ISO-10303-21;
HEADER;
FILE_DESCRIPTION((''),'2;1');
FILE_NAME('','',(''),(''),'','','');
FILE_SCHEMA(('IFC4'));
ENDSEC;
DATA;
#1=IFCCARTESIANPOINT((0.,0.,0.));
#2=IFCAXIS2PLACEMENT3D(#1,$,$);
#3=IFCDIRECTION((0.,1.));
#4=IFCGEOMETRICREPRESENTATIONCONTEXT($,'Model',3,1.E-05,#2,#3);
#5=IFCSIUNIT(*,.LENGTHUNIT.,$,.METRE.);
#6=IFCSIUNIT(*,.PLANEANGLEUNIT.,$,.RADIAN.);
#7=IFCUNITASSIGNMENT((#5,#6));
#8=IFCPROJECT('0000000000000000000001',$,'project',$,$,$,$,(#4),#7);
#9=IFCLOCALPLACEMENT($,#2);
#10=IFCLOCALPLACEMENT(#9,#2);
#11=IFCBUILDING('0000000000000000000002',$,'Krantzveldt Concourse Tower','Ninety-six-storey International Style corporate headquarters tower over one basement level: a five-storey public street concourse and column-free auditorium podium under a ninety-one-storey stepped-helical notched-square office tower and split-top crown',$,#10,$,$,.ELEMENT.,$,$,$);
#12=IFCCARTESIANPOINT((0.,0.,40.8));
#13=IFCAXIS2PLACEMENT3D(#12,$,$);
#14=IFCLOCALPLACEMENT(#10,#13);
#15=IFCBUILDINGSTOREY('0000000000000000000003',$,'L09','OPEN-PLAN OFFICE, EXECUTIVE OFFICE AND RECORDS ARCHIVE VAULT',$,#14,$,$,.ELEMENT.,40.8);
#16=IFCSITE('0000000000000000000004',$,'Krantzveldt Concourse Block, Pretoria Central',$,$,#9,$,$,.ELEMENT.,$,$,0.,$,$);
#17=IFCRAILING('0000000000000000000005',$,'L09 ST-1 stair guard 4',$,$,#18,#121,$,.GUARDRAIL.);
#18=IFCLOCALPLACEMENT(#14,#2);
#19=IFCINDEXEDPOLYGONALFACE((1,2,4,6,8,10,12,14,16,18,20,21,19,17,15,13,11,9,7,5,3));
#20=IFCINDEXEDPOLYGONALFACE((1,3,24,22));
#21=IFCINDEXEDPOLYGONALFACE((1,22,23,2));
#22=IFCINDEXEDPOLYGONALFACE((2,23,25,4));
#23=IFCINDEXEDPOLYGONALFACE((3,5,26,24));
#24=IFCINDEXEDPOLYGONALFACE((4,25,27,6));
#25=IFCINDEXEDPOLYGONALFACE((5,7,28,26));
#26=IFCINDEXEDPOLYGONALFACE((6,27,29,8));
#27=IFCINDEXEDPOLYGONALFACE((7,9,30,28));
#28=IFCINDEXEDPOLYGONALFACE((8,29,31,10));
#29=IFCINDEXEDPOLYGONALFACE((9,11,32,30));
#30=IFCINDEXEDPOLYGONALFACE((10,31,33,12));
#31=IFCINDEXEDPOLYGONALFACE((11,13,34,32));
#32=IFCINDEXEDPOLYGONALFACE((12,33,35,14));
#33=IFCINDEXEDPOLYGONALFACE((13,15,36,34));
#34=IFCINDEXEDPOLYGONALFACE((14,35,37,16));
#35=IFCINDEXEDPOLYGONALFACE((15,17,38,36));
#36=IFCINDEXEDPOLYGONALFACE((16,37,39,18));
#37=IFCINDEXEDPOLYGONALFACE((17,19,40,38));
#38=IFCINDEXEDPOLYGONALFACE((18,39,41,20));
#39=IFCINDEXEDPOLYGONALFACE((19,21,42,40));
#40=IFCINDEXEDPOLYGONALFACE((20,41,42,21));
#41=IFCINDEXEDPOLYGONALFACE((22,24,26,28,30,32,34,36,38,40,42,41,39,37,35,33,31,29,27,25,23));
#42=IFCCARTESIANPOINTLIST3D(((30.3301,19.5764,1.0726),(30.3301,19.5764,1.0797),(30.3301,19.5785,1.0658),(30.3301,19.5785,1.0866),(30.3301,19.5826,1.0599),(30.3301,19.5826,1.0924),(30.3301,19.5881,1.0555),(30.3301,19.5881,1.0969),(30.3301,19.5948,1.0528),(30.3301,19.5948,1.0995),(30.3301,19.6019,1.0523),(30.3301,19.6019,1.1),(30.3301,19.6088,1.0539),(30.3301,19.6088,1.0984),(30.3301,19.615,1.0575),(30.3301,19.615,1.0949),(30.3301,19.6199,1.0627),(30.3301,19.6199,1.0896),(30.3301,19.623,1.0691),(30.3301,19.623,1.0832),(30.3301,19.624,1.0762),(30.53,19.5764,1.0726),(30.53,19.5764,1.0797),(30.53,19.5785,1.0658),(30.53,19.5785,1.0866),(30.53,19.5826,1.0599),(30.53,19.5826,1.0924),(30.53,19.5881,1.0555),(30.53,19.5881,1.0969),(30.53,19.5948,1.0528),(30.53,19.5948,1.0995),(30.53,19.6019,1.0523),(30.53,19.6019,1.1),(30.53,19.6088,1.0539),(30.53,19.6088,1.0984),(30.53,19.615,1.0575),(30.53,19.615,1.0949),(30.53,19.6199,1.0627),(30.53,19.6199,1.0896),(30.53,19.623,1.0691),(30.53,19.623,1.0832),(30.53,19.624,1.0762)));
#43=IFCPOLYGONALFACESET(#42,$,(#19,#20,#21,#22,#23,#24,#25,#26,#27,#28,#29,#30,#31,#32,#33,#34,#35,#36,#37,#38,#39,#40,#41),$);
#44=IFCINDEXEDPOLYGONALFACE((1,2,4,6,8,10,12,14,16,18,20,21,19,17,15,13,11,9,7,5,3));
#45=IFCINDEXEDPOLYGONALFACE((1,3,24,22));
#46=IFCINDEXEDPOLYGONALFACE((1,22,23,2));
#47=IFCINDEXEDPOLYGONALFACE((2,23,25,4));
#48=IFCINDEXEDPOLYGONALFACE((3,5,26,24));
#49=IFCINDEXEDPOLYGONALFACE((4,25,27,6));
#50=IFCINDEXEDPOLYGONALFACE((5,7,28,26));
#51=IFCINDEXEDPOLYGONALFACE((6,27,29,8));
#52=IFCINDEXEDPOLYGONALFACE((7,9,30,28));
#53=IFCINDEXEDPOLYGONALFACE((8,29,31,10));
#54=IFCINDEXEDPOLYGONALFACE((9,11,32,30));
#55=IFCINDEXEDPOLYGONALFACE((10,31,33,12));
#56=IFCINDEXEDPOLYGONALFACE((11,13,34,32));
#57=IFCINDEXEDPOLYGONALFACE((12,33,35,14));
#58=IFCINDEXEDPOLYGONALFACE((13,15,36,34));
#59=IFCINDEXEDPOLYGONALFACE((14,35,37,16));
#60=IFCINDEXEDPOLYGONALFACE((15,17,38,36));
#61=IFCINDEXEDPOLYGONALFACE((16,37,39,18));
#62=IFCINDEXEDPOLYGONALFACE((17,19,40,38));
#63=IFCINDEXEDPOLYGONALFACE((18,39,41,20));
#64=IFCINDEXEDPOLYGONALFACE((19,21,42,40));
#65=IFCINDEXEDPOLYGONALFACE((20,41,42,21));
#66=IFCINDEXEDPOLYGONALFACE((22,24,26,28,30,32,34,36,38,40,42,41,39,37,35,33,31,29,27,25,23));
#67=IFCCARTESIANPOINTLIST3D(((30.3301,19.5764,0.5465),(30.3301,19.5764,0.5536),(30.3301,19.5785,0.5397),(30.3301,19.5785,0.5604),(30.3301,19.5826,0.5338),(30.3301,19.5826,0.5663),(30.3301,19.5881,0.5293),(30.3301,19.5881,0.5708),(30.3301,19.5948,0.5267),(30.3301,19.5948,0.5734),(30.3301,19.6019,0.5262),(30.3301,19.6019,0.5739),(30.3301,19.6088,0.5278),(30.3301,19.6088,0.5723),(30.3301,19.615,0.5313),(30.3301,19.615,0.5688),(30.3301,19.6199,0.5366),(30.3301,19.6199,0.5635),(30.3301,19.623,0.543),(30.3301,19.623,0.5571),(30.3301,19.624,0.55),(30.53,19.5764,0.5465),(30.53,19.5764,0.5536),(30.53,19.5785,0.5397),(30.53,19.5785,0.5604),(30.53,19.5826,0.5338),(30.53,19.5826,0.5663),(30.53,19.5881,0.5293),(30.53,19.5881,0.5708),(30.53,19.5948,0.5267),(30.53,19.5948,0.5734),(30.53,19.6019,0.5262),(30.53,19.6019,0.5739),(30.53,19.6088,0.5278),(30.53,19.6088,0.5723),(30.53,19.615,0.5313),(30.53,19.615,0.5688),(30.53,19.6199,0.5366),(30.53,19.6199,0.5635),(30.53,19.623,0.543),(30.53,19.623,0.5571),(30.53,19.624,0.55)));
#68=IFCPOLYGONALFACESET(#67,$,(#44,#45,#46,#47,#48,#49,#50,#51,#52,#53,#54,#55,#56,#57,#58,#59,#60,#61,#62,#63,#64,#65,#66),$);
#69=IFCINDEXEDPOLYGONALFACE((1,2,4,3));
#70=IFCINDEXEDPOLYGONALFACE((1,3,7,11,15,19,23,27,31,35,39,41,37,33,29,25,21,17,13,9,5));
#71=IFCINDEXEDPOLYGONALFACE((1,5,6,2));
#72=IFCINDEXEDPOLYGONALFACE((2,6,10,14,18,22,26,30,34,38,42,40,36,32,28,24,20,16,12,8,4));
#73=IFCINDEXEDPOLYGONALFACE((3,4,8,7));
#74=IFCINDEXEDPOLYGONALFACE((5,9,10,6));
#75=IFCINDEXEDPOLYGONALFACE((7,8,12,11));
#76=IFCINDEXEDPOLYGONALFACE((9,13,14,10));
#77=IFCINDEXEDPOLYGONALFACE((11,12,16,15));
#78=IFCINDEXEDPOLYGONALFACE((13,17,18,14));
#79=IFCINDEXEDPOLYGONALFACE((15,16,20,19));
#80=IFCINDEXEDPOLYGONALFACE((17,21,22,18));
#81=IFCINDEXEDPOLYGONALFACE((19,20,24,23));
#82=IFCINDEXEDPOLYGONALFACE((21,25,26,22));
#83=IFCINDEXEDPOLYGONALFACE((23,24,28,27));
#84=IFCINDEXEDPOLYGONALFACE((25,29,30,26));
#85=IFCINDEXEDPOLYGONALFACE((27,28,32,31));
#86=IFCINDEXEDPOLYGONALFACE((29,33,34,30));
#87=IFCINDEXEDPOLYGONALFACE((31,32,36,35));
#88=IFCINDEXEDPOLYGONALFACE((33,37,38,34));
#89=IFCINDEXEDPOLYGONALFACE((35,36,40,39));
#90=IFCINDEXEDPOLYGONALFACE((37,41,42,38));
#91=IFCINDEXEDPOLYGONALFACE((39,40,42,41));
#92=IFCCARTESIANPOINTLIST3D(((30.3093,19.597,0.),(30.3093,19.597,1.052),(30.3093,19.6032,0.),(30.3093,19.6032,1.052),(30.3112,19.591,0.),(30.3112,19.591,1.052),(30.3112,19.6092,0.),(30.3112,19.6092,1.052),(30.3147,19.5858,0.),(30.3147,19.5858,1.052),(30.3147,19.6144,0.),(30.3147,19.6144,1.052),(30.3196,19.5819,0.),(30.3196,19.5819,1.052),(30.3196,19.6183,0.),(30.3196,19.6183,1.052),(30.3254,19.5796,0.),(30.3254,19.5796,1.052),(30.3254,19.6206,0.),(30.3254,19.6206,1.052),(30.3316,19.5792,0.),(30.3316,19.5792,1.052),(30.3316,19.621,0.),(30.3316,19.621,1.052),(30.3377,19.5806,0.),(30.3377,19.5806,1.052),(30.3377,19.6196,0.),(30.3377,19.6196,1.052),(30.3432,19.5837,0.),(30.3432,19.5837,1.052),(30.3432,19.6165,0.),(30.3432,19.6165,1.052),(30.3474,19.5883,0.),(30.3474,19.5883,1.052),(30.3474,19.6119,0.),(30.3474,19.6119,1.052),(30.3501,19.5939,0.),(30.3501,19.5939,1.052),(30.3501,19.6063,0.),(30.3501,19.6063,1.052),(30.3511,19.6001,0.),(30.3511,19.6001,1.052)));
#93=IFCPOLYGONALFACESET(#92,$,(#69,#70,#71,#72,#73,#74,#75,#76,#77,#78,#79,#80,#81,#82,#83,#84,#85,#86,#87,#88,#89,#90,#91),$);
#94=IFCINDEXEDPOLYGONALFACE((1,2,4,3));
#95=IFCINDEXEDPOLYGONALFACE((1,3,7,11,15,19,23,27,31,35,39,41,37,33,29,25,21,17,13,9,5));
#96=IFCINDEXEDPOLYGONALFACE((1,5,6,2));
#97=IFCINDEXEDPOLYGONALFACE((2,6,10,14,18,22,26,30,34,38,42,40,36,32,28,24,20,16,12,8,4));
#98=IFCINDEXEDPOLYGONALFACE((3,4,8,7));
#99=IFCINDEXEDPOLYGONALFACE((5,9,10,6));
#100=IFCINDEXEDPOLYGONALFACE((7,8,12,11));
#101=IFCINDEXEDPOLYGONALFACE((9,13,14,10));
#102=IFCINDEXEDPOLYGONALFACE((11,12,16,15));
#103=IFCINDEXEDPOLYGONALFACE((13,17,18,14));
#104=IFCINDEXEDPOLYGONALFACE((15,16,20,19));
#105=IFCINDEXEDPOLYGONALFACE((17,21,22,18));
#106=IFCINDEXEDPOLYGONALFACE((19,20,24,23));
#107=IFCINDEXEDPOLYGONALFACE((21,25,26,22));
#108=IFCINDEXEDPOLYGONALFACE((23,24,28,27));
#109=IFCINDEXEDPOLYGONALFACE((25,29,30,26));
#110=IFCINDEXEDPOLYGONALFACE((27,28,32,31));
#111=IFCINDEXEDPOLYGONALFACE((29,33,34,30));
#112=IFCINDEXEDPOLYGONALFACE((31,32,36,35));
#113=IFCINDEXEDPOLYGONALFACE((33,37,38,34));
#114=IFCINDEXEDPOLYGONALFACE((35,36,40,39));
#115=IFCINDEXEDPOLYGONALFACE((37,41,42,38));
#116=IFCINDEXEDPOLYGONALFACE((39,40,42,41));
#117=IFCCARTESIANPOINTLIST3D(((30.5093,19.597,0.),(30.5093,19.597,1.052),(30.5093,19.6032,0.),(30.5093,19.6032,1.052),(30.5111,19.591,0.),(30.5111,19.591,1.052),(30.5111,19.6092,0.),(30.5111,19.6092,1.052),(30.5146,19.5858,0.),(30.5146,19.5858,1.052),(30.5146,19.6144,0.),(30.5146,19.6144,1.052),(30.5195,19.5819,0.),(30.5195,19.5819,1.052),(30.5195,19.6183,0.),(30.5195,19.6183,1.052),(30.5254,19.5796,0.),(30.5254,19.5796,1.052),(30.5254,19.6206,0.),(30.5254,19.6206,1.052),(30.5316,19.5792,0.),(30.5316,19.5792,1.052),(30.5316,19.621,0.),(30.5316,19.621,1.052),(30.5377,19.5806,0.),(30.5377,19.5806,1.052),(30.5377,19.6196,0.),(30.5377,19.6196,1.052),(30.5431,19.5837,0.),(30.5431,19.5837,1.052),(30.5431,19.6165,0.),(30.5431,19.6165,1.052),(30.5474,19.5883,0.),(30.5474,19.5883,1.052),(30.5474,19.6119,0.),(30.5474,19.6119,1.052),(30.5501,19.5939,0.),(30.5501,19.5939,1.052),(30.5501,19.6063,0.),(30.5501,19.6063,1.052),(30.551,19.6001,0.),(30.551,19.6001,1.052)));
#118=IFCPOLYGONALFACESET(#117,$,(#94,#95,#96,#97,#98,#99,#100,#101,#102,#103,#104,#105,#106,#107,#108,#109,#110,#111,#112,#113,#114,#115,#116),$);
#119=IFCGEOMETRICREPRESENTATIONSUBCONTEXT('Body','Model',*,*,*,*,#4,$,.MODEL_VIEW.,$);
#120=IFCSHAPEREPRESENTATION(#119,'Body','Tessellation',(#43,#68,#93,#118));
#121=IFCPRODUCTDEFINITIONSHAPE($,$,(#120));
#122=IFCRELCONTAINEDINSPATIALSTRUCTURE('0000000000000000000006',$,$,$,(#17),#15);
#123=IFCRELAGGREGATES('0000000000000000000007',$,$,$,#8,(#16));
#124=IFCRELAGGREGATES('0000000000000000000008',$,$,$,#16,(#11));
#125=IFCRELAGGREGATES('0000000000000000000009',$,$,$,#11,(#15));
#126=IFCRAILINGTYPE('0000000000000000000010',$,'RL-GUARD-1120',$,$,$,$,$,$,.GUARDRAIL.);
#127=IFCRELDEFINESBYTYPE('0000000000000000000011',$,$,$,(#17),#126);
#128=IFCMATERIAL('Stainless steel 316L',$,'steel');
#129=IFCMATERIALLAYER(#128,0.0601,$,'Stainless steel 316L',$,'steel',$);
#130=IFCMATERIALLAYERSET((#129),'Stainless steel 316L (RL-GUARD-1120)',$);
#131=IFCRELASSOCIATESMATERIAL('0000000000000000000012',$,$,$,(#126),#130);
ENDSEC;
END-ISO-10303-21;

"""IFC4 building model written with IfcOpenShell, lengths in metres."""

from ifc_helpers import new_model, si_unit, direction, frame, origin, origin_2d, place, context, subcontext, project, spatial, circle, extrude, material, layer, layer_set, type_object, element, save


model = new_model("IFC4")

# Units and contexts
model_context = context("Model", 3, precision=1e-05, world=origin(), true_north=direction((0.0, 1.0)))
body_context = subcontext(model_context, "Body", "Model", "MODEL_VIEW")
ifc_project = project(units=[si_unit("LENGTHUNIT", "METRE"), si_unit("PLANEANGLEUNIT", "RADIAN")], contexts=[model_context])

# Site, building, storey
site_placement = place(None, origin())
site = spatial("IfcSite", under=ifc_project, at=site_placement, Name="Krantzveldt Concourse Block, Pretoria Central", CompositionType="ELEMENT", RefElevation=0.0)
building_placement = place(site_placement, origin())
building = spatial("IfcBuilding", under=site, at=building_placement, Name="Krantzveldt Concourse Tower", Description="Ninety-six-storey International Style corporate headquarters tower over one basement level: a five-storey public street concourse and column-free auditorium podium under a ninety-one-storey stepped-helical notched-square office tower and split-top crown", CompositionType="ELEMENT")
storey_placement = place(building_placement, frame((0.0, 0.0, 40.8)))
storey = spatial("IfcBuildingStorey", under=building, at=storey_placement, Name="L09", Description="OPEN-PLAN OFFICE, EXECUTIVE OFFICE AND RECORDS ARCHIVE VAULT", CompositionType="ELEMENT", Elevation=40.8)

# Railing
ifc_material_1 = material(Name="Stainless steel 316L", Category="steel")
ifc_layer_1 = layer(ifc_material_1, 0.0601, Name="Stainless steel 316L", Category="steel")
ifc_layer_set_1 = layer_set([ifc_layer_1], Name="Stainless steel 316L (RL-GUARD-1120)")
railing_type_1 = type_object("IfcRailingType", Name="RL-GUARD-1120", PredefinedType="GUARDRAIL", material=ifc_layer_set_1)
railing_1_placement = place(storey_placement, frame((30.3301, 19.6001, 0.0)))
element("IfcRailing", 1, at=railing_1_placement, inside=storey, type_object=railing_type_1, Name="L09 ST-1 stair guard 4", PredefinedType="GUARDRAIL", context=body_context, shape_type="SweptSolid", body=[
    extrude(circle(Radius=0.0239, at=origin_2d()), frame((0.0, 0.0, 1.0762), z_axis=(1.0, 0.0, 0.0), x_axis=(0.0, 1.0, 0.0)), (0.0, 0.0, 1.0), 0.2),
    extrude(circle(Radius=0.0239, at=origin_2d()), frame((0.0, 0.0, 0.55), z_axis=(1.0, 0.0, 0.0), x_axis=(0.0, 1.0, 0.0)), (0.0, 0.0, 1.0), 0.2),
    extrude(circle(Radius=0.021, at=origin_2d()), origin(), (0.0, 0.0, 1.0), 1.052),
    extrude(circle(Radius=0.021, at=origin_2d()), frame((0.2, 0.0, 0.0)), (0.0, 0.0, 1.0), 1.052),
])

save(model, "model.ifc")
